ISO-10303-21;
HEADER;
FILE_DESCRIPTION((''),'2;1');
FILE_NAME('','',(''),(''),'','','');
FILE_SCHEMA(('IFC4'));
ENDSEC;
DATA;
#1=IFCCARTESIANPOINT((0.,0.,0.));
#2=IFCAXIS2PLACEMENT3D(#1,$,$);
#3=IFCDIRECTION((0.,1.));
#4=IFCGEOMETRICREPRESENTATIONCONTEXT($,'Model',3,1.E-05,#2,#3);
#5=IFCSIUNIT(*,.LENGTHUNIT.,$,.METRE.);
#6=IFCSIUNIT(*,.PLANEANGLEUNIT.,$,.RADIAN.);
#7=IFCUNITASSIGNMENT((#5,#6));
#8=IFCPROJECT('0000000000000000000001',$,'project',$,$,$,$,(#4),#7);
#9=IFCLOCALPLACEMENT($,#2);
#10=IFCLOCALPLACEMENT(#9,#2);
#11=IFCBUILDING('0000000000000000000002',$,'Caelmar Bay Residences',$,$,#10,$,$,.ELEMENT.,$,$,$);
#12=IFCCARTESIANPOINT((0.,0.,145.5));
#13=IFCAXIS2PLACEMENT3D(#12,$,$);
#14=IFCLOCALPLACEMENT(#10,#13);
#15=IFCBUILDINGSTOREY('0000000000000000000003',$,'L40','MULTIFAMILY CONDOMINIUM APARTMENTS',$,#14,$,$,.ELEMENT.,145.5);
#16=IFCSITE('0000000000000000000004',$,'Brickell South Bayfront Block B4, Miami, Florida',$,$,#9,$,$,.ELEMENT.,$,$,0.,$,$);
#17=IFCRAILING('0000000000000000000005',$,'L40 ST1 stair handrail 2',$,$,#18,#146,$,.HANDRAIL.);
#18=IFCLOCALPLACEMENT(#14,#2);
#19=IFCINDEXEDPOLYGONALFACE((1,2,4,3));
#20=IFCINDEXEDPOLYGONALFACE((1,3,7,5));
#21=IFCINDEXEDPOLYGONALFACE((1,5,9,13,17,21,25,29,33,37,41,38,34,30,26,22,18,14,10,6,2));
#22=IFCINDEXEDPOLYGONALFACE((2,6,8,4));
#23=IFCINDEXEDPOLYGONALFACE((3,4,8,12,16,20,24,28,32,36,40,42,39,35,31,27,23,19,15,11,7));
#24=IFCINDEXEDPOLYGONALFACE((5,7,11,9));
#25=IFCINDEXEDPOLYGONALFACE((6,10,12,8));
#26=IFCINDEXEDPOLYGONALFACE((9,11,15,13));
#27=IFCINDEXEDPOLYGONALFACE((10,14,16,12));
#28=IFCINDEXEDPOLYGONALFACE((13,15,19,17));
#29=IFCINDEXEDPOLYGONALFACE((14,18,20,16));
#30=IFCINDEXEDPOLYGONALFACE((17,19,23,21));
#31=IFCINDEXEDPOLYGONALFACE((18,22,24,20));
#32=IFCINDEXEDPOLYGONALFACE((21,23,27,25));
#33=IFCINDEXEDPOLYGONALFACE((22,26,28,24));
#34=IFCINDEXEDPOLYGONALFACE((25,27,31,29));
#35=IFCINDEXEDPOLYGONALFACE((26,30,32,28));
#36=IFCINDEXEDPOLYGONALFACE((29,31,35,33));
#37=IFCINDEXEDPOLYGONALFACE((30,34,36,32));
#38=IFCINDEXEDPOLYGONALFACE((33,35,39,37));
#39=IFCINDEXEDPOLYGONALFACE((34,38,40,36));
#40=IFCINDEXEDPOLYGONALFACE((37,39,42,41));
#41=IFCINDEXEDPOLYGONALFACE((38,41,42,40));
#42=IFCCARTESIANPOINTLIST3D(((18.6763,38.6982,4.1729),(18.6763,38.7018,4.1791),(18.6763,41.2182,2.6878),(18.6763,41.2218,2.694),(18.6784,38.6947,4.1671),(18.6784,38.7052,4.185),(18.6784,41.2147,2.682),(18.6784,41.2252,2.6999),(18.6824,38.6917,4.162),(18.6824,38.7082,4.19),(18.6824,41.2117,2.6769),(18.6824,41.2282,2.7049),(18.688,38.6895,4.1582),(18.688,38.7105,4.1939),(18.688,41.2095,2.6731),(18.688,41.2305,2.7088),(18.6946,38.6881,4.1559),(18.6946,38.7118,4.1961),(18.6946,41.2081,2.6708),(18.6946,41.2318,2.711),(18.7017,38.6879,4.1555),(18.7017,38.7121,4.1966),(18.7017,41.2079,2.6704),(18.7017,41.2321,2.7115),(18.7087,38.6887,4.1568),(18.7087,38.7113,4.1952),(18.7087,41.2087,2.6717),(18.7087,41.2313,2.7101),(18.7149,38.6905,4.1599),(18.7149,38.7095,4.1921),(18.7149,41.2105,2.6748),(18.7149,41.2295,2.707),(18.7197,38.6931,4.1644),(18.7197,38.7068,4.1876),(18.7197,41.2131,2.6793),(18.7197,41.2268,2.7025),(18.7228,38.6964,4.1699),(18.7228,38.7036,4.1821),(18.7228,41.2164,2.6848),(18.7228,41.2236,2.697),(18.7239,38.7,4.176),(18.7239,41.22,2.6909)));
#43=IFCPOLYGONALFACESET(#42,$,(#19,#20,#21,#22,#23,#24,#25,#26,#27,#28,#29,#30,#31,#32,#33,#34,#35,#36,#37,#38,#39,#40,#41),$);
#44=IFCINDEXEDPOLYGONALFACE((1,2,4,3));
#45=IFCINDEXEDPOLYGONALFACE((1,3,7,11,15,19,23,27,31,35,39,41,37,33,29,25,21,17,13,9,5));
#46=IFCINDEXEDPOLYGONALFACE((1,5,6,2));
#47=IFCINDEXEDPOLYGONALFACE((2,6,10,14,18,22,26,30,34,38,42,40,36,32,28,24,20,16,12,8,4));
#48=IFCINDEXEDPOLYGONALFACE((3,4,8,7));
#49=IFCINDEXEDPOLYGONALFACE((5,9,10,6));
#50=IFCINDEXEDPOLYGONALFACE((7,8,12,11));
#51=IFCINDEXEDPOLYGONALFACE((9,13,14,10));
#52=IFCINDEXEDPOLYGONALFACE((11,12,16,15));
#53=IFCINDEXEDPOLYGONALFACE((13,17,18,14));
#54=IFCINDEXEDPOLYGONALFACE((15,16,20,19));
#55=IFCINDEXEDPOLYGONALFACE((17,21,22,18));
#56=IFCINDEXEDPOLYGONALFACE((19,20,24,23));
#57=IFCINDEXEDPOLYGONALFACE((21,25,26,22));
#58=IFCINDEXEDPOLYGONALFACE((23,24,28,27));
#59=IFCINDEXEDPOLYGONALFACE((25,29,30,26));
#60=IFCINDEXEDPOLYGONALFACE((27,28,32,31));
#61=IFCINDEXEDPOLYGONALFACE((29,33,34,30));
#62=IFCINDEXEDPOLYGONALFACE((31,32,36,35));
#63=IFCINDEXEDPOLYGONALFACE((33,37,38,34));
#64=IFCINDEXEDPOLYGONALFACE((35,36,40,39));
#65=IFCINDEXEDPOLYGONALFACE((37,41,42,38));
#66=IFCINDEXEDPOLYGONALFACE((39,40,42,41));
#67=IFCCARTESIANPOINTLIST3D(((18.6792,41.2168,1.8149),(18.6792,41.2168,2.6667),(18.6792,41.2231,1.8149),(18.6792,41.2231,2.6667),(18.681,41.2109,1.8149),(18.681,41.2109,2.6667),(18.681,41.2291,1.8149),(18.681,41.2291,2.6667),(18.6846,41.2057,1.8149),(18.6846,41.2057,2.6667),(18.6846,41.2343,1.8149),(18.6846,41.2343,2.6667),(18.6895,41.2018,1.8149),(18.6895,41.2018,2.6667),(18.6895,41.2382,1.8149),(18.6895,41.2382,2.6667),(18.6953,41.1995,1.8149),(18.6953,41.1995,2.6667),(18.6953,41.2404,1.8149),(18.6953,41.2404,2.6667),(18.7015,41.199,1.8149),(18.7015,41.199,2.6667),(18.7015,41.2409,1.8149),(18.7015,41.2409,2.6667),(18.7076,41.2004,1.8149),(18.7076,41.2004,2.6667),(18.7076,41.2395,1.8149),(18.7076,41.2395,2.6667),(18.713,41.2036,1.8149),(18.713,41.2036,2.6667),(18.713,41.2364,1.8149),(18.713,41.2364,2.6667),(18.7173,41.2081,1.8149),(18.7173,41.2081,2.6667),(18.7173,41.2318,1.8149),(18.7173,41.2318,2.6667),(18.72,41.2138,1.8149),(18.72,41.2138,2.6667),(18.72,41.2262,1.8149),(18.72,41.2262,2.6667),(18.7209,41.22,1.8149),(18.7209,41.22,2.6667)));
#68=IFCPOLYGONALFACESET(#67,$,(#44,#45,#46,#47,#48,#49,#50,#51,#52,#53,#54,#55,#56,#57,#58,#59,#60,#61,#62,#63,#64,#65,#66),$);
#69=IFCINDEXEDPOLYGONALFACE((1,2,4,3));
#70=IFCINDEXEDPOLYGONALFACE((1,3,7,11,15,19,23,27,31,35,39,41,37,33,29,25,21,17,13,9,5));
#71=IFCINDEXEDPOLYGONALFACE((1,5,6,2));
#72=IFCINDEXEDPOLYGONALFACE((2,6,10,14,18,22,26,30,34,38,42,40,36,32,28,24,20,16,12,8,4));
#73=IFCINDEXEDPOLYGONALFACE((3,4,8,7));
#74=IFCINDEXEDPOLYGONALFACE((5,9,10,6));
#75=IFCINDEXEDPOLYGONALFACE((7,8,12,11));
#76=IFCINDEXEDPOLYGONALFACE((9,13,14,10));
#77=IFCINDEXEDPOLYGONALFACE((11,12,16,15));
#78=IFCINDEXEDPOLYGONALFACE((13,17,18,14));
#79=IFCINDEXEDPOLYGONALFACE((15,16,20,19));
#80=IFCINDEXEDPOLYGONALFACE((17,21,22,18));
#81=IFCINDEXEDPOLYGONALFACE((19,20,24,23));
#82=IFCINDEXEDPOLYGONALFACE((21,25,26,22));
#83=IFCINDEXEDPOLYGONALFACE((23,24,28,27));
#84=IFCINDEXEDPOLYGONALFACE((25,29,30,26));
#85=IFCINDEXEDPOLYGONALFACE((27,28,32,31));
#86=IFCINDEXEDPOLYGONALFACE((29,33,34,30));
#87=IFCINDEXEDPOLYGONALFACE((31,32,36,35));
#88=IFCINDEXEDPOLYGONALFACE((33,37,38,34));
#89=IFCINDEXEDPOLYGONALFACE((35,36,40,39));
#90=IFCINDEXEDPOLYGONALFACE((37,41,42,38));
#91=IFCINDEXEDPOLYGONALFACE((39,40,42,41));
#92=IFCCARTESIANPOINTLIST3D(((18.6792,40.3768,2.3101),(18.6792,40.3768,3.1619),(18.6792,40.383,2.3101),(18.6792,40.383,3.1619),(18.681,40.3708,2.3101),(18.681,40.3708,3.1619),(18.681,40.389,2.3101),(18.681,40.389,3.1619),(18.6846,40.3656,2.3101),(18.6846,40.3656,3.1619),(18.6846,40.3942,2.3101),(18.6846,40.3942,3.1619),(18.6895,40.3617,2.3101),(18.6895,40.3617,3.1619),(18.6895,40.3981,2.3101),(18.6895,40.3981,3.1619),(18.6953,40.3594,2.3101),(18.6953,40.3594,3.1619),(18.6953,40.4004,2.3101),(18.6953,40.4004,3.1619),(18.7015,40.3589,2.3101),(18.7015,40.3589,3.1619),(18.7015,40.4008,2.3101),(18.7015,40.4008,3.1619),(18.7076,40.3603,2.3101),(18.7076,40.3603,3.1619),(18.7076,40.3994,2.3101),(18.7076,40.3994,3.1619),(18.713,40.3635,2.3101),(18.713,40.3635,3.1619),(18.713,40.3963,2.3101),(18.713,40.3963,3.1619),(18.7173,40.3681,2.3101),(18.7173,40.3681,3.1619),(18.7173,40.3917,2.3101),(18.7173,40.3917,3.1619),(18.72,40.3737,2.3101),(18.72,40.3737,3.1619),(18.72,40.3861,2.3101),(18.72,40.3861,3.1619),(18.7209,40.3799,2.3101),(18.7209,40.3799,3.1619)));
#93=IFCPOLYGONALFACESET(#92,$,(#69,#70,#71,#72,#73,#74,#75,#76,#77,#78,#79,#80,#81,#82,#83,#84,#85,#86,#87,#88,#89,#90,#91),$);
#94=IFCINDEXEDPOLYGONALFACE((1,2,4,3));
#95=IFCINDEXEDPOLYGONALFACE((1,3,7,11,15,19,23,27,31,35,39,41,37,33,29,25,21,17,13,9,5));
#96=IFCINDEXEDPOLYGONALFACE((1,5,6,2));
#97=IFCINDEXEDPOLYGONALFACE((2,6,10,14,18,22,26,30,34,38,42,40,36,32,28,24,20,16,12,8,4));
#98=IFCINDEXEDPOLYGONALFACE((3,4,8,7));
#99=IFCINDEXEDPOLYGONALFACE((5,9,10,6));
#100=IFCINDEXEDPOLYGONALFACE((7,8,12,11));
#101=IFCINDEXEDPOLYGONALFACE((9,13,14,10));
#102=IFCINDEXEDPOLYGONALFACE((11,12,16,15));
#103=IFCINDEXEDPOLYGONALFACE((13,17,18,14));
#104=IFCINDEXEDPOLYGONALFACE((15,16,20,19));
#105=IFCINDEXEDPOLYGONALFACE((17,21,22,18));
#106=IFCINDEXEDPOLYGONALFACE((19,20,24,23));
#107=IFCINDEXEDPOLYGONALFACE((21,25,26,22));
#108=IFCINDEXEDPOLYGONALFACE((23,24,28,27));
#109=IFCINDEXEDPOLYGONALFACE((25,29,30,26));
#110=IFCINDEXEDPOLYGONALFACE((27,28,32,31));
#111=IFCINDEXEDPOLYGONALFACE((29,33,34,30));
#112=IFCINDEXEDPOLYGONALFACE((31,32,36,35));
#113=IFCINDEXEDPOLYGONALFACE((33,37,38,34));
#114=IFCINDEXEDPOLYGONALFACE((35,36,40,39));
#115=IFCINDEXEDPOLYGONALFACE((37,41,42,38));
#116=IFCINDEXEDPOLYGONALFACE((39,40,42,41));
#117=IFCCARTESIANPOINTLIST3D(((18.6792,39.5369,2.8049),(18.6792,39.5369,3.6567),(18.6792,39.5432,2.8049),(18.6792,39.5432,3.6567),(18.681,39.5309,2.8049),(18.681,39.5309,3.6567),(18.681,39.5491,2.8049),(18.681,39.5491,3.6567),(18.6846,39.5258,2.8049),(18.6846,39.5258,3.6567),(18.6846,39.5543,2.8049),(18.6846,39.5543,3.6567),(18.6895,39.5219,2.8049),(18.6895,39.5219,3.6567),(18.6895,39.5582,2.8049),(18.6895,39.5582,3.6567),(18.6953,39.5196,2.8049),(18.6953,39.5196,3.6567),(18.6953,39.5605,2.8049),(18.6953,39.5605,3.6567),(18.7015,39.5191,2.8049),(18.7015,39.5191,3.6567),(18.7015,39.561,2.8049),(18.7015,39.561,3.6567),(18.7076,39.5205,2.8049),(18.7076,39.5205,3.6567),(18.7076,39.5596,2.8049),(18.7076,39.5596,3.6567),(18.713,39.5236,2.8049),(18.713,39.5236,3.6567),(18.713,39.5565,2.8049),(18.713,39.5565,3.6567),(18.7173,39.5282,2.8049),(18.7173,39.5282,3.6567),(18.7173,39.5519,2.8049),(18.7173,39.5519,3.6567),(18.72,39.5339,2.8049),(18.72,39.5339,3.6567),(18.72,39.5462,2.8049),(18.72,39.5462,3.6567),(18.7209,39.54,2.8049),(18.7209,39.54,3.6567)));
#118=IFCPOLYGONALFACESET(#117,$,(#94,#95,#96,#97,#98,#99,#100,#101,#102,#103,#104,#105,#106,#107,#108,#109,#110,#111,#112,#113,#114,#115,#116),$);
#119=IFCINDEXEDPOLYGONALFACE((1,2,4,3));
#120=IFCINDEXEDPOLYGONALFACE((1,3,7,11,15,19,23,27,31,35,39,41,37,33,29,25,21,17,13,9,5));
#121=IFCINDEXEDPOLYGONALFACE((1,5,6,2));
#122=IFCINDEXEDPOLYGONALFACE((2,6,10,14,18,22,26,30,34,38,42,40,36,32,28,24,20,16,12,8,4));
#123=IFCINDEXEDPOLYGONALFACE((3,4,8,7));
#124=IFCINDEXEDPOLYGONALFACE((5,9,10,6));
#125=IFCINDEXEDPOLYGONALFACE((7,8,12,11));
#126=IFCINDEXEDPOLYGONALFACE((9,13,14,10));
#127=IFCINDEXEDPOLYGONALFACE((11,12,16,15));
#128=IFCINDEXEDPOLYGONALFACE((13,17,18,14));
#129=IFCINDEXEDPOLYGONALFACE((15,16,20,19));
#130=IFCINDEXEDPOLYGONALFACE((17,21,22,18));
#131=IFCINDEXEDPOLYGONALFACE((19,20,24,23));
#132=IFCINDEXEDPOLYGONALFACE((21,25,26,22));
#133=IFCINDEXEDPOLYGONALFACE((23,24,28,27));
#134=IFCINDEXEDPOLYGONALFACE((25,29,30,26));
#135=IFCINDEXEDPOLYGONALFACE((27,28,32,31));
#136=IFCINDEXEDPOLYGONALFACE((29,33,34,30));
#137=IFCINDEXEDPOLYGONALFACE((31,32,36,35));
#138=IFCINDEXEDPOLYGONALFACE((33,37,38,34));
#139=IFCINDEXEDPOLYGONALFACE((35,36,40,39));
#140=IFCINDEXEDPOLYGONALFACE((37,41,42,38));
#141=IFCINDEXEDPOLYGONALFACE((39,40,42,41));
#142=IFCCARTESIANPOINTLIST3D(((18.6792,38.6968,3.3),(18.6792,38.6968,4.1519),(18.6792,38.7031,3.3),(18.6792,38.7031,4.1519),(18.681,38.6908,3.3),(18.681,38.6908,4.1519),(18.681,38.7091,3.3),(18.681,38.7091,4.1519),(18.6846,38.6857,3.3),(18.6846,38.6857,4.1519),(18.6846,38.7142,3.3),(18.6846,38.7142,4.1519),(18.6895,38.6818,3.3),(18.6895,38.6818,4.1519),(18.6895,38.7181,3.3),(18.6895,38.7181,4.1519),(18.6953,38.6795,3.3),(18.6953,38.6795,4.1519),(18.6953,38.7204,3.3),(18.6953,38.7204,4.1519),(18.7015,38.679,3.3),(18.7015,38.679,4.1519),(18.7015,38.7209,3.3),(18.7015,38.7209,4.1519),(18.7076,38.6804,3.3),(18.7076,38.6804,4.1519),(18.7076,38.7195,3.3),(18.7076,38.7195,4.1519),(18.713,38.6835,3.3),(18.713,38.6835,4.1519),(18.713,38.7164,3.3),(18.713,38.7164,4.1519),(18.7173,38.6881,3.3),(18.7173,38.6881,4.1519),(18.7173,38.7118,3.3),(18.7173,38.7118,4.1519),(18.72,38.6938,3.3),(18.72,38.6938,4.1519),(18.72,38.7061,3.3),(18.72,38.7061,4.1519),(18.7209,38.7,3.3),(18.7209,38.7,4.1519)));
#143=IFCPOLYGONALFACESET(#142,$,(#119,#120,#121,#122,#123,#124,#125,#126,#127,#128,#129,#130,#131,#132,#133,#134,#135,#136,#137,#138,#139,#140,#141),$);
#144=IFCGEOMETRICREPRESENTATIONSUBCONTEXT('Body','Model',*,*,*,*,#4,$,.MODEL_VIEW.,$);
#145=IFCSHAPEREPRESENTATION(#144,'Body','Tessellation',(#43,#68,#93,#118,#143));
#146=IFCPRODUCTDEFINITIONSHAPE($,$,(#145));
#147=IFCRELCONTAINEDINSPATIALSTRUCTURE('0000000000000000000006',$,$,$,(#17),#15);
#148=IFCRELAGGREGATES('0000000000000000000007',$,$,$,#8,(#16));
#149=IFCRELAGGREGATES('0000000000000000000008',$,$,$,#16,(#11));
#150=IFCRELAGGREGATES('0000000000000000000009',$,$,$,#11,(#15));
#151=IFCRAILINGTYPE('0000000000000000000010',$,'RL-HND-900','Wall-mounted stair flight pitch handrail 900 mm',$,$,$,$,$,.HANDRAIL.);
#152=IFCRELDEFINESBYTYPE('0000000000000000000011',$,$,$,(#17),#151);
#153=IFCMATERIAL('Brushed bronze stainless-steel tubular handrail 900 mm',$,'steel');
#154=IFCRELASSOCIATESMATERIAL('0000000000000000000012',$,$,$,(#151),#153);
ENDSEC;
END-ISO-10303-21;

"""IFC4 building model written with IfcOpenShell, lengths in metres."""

from ifc_helpers import new_model, si_unit, direction, frame, origin, origin_2d, place, context, subcontext, project, spatial, circle, extrude, material, type_object, element, save


model = new_model("IFC4")

# Units and contexts
model_context = context("Model", 3, precision=1e-05, world=origin(), true_north=direction((0.0, 1.0)))
body_context = subcontext(model_context, "Body", "Model", "MODEL_VIEW")
ifc_project = project(units=[si_unit("LENGTHUNIT", "METRE"), si_unit("PLANEANGLEUNIT", "RADIAN")], contexts=[model_context])

# Site, building, storey
site_placement = place(None, origin())
site = spatial("IfcSite", under=ifc_project, at=site_placement, Name="Brickell South Bayfront Block B4, Miami, Florida", CompositionType="ELEMENT", RefElevation=0.0)
building_placement = place(site_placement, origin())
building = spatial("IfcBuilding", under=site, at=building_placement, Name="Caelmar Bay Residences", CompositionType="ELEMENT")
storey_placement = place(building_placement, frame((0.0, 0.0, 145.5)))
storey = spatial("IfcBuildingStorey", under=building, at=storey_placement, Name="L40", Description="MULTIFAMILY CONDOMINIUM APARTMENTS", CompositionType="ELEMENT", Elevation=145.5)

# Railing
ifc_material_1 = material(Name="Brushed bronze stainless-steel tubular handrail 900 mm", Category="steel")
railing_type_1 = type_object("IfcRailingType", Name="RL-HND-900", Description="Wall-mounted stair flight pitch handrail 900 mm", PredefinedType="HANDRAIL", material=ifc_material_1)
railing_1_placement = place(storey_placement, frame((18.7, 41.22, 1.8149)))
element("IfcRailing", 1, at=railing_1_placement, inside=storey, type_object=railing_type_1, Name="L40 ST1 stair handrail 2", PredefinedType="HANDRAIL", context=body_context, shape_type="SweptSolid", body=[
    extrude(circle(Radius=0.0239, at=origin_2d()), frame((0.0, 0.0, 0.876), z_axis=(0.0, -0.861524, 0.507717), x_axis=(1.0, 0.0, 0.0)), (0.0, 0.0, 1.0), 2.925),
    extrude(circle(Radius=0.021, at=origin_2d()), origin(), (0.0, 0.0, 1.0), 0.8518),
    extrude(circle(Radius=0.021, at=origin_2d()), frame((0.0, -0.8401, 0.4951)), (0.0, 0.0, 1.0), 0.8518),
    extrude(circle(Radius=0.021, at=origin_2d()), frame((0.0, -1.6799, 0.99)), (0.0, 0.0, 1.0), 0.8518),
    extrude(circle(Radius=0.021, at=origin_2d()), frame((0.0, -2.52, 1.4851)), (0.0, 0.0, 1.0), 0.8518),
])

save(model, "model.ifc")
